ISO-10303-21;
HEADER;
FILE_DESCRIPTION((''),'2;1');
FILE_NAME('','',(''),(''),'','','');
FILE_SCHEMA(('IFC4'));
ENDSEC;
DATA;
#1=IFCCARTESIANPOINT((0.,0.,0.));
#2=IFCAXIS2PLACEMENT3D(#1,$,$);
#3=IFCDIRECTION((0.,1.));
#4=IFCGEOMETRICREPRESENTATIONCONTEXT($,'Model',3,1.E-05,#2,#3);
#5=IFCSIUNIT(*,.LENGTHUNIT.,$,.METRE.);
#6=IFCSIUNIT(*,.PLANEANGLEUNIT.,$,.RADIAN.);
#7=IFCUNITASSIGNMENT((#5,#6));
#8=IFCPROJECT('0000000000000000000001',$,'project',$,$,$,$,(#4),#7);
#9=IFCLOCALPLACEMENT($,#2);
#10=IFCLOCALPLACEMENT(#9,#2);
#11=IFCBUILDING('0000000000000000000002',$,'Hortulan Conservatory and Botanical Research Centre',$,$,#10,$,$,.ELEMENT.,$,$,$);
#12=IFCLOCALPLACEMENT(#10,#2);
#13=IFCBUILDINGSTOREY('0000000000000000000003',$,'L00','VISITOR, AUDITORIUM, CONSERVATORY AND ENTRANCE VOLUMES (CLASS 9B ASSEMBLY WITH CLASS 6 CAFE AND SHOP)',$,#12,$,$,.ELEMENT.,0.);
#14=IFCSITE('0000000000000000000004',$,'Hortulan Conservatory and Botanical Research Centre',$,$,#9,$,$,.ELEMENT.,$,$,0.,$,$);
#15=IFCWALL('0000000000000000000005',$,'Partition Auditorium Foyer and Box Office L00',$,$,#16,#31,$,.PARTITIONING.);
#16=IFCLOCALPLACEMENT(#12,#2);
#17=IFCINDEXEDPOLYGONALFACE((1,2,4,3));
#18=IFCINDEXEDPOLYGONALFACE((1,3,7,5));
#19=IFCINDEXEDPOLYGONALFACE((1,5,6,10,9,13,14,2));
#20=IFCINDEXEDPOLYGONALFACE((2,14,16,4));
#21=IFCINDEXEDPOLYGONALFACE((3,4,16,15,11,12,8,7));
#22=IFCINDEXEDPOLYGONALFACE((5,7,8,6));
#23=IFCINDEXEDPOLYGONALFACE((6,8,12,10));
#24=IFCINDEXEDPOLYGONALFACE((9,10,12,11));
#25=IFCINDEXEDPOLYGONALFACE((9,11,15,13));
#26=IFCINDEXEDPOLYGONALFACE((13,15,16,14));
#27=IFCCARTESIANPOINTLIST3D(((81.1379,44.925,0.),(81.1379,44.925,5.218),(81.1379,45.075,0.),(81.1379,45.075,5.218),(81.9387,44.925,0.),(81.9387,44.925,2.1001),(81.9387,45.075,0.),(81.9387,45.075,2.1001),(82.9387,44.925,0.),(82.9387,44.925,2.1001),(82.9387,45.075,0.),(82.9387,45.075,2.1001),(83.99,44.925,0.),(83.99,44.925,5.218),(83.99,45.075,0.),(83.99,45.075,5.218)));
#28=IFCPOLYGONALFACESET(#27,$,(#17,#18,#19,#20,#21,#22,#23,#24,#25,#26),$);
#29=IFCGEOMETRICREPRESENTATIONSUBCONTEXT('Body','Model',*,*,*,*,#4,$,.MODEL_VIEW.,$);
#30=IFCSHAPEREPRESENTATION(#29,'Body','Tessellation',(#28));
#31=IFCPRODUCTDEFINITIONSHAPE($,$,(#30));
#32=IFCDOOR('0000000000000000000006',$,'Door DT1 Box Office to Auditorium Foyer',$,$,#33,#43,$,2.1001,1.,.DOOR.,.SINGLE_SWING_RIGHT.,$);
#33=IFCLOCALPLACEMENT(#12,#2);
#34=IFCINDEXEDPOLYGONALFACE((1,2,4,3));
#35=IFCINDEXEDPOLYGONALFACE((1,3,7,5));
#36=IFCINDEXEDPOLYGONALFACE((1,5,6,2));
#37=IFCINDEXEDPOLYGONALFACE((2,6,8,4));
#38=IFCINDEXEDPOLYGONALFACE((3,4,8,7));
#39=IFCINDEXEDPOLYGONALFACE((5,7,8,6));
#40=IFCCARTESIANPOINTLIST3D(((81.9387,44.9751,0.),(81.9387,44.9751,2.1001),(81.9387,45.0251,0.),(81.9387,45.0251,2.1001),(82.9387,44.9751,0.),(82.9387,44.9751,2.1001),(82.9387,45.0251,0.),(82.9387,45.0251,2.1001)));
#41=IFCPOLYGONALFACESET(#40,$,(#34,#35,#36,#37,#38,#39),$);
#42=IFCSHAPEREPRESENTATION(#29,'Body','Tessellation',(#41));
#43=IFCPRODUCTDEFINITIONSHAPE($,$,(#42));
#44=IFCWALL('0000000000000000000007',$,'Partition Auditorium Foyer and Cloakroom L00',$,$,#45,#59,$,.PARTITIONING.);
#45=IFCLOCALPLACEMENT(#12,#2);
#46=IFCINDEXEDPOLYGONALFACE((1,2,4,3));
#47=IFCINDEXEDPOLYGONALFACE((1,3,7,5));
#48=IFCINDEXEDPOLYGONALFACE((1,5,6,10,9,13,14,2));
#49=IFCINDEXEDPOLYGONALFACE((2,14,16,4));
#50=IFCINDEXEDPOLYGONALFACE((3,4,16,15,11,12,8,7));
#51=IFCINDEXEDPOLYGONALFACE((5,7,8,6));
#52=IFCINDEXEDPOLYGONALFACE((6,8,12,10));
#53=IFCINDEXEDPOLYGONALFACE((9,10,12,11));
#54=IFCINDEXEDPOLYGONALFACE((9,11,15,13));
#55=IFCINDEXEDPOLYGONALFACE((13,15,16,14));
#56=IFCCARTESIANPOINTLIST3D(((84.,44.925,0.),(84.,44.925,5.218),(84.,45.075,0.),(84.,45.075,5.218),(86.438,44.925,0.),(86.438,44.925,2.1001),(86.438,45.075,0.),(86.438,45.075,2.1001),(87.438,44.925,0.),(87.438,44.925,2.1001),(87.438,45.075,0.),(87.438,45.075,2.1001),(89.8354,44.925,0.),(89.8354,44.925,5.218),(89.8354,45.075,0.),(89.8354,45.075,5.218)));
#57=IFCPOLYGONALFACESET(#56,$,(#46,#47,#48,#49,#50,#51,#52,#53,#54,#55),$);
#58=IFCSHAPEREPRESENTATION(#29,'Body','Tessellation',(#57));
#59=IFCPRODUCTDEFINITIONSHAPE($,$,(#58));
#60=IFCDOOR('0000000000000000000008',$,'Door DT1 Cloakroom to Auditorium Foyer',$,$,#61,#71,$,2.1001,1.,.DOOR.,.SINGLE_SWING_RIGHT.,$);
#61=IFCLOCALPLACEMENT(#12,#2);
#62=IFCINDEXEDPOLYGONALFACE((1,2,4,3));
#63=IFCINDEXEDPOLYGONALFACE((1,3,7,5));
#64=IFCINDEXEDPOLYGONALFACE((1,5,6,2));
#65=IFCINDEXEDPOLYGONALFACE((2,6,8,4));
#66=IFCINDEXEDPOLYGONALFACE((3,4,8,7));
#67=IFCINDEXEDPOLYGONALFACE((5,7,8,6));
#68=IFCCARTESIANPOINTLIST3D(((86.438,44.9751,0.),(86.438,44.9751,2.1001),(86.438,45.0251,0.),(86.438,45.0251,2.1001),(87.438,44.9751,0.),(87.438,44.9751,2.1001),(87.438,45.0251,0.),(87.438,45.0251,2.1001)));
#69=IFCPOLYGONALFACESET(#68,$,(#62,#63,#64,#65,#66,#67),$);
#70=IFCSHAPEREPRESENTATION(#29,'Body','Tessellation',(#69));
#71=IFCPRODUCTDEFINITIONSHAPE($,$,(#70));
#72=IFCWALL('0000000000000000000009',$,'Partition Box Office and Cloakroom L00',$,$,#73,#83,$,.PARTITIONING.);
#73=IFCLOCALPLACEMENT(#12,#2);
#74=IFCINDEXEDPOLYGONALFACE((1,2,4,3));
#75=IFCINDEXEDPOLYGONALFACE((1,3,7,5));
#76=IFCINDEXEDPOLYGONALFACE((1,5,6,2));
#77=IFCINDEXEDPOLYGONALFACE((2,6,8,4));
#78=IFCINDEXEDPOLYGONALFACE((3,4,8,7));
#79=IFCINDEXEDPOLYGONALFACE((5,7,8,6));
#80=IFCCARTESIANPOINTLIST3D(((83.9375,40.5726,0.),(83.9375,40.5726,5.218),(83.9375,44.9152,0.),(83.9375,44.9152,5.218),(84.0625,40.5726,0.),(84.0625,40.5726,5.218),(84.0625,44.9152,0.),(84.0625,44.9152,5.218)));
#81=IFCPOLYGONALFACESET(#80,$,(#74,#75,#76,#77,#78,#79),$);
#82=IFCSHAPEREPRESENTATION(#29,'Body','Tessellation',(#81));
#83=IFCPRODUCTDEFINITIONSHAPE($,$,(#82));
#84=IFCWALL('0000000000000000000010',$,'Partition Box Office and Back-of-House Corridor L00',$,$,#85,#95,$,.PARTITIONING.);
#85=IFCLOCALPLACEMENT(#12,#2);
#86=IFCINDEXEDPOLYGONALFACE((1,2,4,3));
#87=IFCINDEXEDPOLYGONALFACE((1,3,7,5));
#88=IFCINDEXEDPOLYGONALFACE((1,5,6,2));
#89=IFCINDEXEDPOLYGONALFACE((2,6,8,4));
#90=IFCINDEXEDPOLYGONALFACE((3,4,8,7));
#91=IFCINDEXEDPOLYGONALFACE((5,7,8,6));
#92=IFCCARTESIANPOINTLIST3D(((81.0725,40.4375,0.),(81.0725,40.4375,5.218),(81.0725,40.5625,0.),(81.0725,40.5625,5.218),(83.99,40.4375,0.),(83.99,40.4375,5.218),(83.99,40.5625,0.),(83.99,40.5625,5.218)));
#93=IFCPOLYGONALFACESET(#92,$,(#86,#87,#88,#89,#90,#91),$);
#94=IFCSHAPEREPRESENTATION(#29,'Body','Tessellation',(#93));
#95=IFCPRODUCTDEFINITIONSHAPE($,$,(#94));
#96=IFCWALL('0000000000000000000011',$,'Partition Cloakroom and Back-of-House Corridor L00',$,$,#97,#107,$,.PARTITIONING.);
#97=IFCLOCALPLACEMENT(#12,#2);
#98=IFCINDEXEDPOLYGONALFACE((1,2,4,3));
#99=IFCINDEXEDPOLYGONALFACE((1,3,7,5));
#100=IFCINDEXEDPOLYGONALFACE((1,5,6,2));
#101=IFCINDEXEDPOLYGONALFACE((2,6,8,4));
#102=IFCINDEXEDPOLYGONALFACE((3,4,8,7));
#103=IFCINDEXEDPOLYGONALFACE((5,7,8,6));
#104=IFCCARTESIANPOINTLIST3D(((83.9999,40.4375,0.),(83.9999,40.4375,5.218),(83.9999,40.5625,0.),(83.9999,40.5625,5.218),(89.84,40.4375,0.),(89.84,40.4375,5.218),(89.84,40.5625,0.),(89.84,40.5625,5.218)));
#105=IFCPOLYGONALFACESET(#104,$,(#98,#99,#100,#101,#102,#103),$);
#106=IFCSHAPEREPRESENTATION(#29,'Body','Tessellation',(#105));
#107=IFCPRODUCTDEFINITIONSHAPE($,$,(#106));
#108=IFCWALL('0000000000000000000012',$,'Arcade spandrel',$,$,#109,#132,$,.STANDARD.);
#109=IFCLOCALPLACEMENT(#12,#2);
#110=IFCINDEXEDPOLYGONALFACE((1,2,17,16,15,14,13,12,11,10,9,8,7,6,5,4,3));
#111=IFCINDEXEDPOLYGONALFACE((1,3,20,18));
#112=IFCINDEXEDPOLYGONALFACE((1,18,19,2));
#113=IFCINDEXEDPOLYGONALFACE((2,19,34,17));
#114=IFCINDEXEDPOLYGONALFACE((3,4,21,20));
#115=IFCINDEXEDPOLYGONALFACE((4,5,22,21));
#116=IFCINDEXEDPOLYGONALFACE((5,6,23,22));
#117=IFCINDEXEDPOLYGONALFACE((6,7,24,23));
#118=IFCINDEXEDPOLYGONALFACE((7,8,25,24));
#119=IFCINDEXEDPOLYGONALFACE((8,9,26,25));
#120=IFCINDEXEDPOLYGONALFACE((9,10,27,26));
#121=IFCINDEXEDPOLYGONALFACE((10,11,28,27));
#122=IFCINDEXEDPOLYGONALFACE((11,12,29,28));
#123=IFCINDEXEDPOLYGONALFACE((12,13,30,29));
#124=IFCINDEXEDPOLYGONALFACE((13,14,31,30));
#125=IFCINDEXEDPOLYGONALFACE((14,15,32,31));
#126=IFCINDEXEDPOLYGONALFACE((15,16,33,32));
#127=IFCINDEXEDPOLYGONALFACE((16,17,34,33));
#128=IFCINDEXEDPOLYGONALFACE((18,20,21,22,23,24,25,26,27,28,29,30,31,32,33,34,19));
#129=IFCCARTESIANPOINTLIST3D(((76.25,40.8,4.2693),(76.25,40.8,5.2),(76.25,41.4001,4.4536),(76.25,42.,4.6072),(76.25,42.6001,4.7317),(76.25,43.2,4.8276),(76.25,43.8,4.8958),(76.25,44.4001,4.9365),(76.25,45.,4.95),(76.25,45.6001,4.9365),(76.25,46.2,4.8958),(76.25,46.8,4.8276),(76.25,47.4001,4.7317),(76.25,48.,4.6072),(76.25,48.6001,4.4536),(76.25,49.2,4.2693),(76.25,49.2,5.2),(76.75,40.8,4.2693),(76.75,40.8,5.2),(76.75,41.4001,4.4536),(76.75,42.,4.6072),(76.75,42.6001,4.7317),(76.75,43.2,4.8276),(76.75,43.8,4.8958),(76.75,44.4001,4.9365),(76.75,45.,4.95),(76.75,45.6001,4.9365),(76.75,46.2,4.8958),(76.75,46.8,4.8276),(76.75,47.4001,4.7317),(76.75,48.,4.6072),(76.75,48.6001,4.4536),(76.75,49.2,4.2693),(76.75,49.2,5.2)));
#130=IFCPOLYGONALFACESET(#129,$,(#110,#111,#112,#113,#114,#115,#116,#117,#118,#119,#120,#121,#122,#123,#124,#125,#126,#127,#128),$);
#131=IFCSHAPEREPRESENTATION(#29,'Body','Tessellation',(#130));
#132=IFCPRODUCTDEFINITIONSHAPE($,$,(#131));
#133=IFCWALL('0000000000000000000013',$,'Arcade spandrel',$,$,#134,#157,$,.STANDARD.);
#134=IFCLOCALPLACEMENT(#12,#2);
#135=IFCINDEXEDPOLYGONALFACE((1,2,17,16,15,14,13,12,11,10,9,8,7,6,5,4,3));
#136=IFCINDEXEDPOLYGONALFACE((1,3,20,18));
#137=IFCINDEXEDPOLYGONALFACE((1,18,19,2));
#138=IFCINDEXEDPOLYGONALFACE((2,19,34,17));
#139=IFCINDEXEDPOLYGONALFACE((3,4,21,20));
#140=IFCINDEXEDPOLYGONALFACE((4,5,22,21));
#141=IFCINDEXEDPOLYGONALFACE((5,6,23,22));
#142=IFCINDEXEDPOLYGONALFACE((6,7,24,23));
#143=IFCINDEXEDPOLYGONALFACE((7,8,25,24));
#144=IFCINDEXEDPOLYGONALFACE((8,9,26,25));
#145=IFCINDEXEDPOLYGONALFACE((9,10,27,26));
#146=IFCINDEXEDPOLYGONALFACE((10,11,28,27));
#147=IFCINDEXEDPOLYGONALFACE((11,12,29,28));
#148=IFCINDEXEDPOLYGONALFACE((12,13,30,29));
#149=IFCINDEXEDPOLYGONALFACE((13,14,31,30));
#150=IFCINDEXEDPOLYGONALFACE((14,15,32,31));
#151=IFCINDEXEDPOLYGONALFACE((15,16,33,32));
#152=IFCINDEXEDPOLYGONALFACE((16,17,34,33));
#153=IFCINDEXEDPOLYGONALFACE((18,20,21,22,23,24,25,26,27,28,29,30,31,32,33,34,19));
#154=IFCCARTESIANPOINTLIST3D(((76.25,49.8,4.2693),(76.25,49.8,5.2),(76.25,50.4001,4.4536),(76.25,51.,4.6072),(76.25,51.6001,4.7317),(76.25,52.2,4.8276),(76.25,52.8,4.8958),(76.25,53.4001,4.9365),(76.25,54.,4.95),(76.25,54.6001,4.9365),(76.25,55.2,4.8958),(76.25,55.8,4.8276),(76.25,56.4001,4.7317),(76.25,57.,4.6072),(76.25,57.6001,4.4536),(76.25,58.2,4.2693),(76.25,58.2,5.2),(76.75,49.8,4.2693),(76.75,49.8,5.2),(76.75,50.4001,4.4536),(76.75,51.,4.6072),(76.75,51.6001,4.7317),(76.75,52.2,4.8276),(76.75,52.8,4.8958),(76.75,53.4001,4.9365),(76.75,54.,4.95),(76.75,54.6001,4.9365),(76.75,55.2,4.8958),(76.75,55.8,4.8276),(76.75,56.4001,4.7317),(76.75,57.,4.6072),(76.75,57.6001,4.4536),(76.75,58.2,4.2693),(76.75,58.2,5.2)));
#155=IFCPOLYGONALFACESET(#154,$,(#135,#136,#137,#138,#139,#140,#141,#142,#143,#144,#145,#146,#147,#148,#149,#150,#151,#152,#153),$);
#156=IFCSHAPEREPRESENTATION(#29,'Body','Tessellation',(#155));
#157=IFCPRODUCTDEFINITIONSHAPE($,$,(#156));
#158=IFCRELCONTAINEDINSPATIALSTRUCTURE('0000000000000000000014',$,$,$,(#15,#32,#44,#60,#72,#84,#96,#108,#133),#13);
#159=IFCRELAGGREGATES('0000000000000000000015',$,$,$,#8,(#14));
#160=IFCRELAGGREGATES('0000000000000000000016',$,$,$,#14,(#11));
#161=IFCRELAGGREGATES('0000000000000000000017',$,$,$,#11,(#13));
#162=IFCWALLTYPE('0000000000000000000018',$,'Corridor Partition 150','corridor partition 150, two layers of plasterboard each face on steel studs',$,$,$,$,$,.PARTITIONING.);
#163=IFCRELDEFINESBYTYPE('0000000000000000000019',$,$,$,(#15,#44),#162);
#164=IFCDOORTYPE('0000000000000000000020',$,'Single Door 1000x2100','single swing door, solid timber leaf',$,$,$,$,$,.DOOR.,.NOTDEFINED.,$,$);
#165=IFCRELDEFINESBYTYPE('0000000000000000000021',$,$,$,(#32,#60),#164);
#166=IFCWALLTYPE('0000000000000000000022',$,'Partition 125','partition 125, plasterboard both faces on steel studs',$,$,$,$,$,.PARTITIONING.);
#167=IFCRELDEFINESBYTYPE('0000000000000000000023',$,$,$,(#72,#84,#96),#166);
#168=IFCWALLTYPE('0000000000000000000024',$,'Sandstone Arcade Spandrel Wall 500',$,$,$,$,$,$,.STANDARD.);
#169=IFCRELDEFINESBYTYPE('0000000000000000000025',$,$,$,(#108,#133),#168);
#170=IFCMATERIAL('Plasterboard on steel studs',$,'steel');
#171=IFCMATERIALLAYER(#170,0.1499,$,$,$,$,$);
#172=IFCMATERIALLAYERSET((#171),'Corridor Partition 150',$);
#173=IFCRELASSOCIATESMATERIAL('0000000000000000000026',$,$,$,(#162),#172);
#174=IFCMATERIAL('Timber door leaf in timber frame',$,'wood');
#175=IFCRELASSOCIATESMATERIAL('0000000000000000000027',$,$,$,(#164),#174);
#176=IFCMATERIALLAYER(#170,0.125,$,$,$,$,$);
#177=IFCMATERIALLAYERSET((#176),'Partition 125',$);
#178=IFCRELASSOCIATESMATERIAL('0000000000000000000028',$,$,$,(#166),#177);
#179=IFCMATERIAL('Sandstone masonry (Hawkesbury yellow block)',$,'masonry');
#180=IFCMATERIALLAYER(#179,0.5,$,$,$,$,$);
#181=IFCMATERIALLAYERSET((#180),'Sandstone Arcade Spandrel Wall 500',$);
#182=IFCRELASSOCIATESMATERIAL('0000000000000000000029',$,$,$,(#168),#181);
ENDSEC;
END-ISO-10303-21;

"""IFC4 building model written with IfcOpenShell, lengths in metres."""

from ifc_helpers import new_model, si_unit, direction, frame, frame_2d, origin, place, context, subcontext, project, spatial, polyline, rectangle, outline, extrude, material, layer, layer_set, type_object, element, fill, save


model = new_model("IFC4")

# Units and contexts
model_context = context("Model", 3, precision=1e-05, world=origin(), true_north=direction((0.0, 1.0)))
body_context = subcontext(model_context, "Body", "Model", "MODEL_VIEW")
ifc_project = project(units=[si_unit("LENGTHUNIT", "METRE"), si_unit("PLANEANGLEUNIT", "RADIAN")], contexts=[model_context])

# Site, building, storey
site_placement = place(None, origin())
site = spatial("IfcSite", under=ifc_project, at=site_placement, Name="Hortulan Conservatory and Botanical Research Centre", CompositionType="ELEMENT", RefElevation=0.0)
building_placement = place(site_placement, origin())
building = spatial("IfcBuilding", under=site, at=building_placement, Name="Hortulan Conservatory and Botanical Research Centre", CompositionType="ELEMENT")
storey_placement = place(building_placement, origin())
storey = spatial("IfcBuildingStorey", under=building, at=storey_placement, Name="L00", Description="VISITOR, AUDITORIUM, CONSERVATORY AND ENTRANCE VOLUMES (CLASS 9B ASSEMBLY WITH CLASS 6 CAFE AND SHOP)", CompositionType="ELEMENT", Elevation=0.0)

# Shared definitions
ifc_material_1 = material(Name="Sandstone masonry (Hawkesbury yellow block)", Category="masonry")

# Walls, openings, doors
ifc_material_2 = material(Name="Plasterboard on steel studs", Category="steel")
ifc_layer_1 = layer(ifc_material_2, 0.1499)
ifc_layer_set_1 = layer_set([ifc_layer_1], Name="Corridor Partition 150")
wall_type_1 = type_object("IfcWallType", Name="Corridor Partition 150", Description="corridor partition 150, two layers of plasterboard each face on steel studs", PredefinedType="PARTITIONING", material=ifc_layer_set_1)
wall_1_placement = place(storey_placement, frame((81.1379, 45.0, 0.0), z_axis=(0.0, 0.0, 1.0), x_axis=(1.0, 0.0, 0.0)))
wall_1 = element("IfcWall", 1, at=wall_1_placement, inside=storey, type_object=wall_type_1, Name="Partition Auditorium Foyer and Box Office L00", PredefinedType="PARTITIONING", context=body_context, shape_type="SweptSolid", body=[
    extrude(rectangle(XDim=2.8521, YDim=0.1499, at=frame_2d((1.426, 0.0))), origin(), (0.0, 0.0, 1.0), 5.218),
])
opening_1_placement = place(wall_1_placement, frame((0.8008, 0.0, 0.0)))
opening_1 = element("IfcOpeningElement", 2, at=opening_1_placement, cuts=wall_1, PredefinedType="OPENING", context=body_context, shape_type="SweptSolid", body=[
    extrude(rectangle(XDim=1.0, YDim=2.1001, at=frame_2d((0.5, 1.05))), frame((0.0, 0.085, 0.0), z_axis=(0.0, -1.0, 0.0), x_axis=(1.0, 0.0, 0.0)), (0.0, 0.0, 1.0), 0.1699),
])
ifc_material_3 = material(Name="Timber door leaf in timber frame", Category="wood")
door_type_1 = type_object("IfcDoorType", Name="Single Door 1000x2100", Description="single swing door, solid timber leaf", OperationType="NOTDEFINED", PredefinedType="DOOR", material=ifc_material_3)
door_1_placement = place(opening_1_placement, frame((1.0, 0.0, 0.0), z_axis=(0.0, 0.0, 1.0), x_axis=(-1.0, 0.0, 0.0)))
door_1 = element("IfcDoor", 3, at=door_1_placement, inside=storey, type_object=door_type_1, Name="Door DT1 Box Office to Auditorium Foyer", OperationType="SINGLE_SWING_RIGHT", OverallHeight=2.1001, OverallWidth=1.0, PredefinedType="DOOR", context=body_context, shape_type="SweptSolid", body=[
    extrude(rectangle(XDim=1.0, YDim=2.1001, at=frame_2d((0.5, 1.05))), frame((0.0, 0.0249, 0.0), z_axis=(0.0, -1.0, 0.0), x_axis=(1.0, 0.0, 0.0)), (0.0, 0.0, 1.0), 0.05),
])
fill(opening_1, door_1)
wall_2_placement = place(storey_placement, frame((84.0, 45.0, 0.0), z_axis=(0.0, 0.0, 1.0), x_axis=(1.0, 0.0, 0.0)))
wall_2 = element("IfcWall", 4, at=wall_2_placement, inside=storey, type_object=wall_type_1, Name="Partition Auditorium Foyer and Cloakroom L00", PredefinedType="PARTITIONING", context=body_context, shape_type="SweptSolid", body=[
    extrude(rectangle(XDim=5.8354, YDim=0.1499, at=frame_2d((2.9177, 0.0))), origin(), (0.0, 0.0, 1.0), 5.218),
])
opening_2_placement = place(wall_2_placement, frame((2.438, 0.0, 0.0)))
opening_2 = element("IfcOpeningElement", 5, at=opening_2_placement, cuts=wall_2, PredefinedType="OPENING", context=body_context, shape_type="SweptSolid", body=[
    extrude(rectangle(XDim=1.0, YDim=2.1001, at=frame_2d((0.5, 1.05))), frame((0.0, 0.085, 0.0), z_axis=(0.0, -1.0, 0.0), x_axis=(1.0, 0.0, 0.0)), (0.0, 0.0, 1.0), 0.1699),
])
door_2_placement = place(opening_2_placement, frame((1.0, 0.0, 0.0), z_axis=(0.0, 0.0, 1.0), x_axis=(-1.0, 0.0, 0.0)))
door_2 = element("IfcDoor", 6, at=door_2_placement, inside=storey, type_object=door_type_1, Name="Door DT1 Cloakroom to Auditorium Foyer", OperationType="SINGLE_SWING_RIGHT", OverallHeight=2.1001, OverallWidth=1.0, PredefinedType="DOOR", context=body_context, shape_type="SweptSolid", body=[
    extrude(rectangle(XDim=1.0, YDim=2.1001, at=frame_2d((0.5, 1.05))), frame((0.0, 0.0249, 0.0), z_axis=(0.0, -1.0, 0.0), x_axis=(1.0, 0.0, 0.0)), (0.0, 0.0, 1.0), 0.05),
])
fill(opening_2, door_2)

# Walls
ifc_layer_2 = layer(ifc_material_2, 0.125)
ifc_layer_set_2 = layer_set([ifc_layer_2], Name="Partition 125")
wall_type_2 = type_object("IfcWallType", Name="Partition 125", Description="partition 125, plasterboard both faces on steel studs", PredefinedType="PARTITIONING", material=ifc_layer_set_2)
wall_3_placement = place(storey_placement, frame((84.0, 40.5725, 0.0), z_axis=(0.0, 0.0, 1.0), x_axis=(0.0, 1.0, 0.0)))
element("IfcWall", 7, at=wall_3_placement, inside=storey, type_object=wall_type_2, Name="Partition Box Office and Cloakroom L00", PredefinedType="PARTITIONING", context=body_context, shape_type="SweptSolid", body=[
    extrude(rectangle(XDim=4.3425, YDim=0.125, at=frame_2d((2.1714, 0.0))), origin(), (0.0, 0.0, 1.0), 5.218),
])
wall_4_placement = place(storey_placement, frame((81.0725, 40.5, 0.0), z_axis=(0.0, 0.0, 1.0), x_axis=(1.0, 0.0, 0.0)))
element("IfcWall", 8, at=wall_4_placement, inside=storey, type_object=wall_type_2, Name="Partition Box Office and Back-of-House Corridor L00", PredefinedType="PARTITIONING", context=body_context, shape_type="SweptSolid", body=[
    extrude(rectangle(XDim=2.9175, YDim=0.125, at=frame_2d((1.4587, 0.0))), origin(), (0.0, 0.0, 1.0), 5.218),
])
wall_5_placement = place(storey_placement, frame((84.0, 40.5, 0.0), z_axis=(0.0, 0.0, 1.0), x_axis=(1.0, 0.0, 0.0)))
element("IfcWall", 9, at=wall_5_placement, inside=storey, type_object=wall_type_2, Name="Partition Cloakroom and Back-of-House Corridor L00", PredefinedType="PARTITIONING", context=body_context, shape_type="SweptSolid", body=[
    extrude(rectangle(XDim=5.8401, YDim=0.125, at=frame_2d((2.9199, 0.0))), origin(), (0.0, 0.0, 1.0), 5.218),
])
ifc_layer_3 = layer(ifc_material_1, 0.5)
ifc_layer_set_3 = layer_set([ifc_layer_3], Name="Sandstone Arcade Spandrel Wall 500")
wall_type_3 = type_object("IfcWallType", Name="Sandstone Arcade Spandrel Wall 500", PredefinedType="STANDARD", material=ifc_layer_set_3)
for number, where, z_axis, x_axis, name in (
    (10, (76.5, 40.8, 4.2693), (0.0, 0.0, 1.0), (0.0, 1.0, 0.0), "Arcade spandrel"),
    (11, (76.5, 49.8, 4.2693), (0.0, 0.0, 1.0), (0.0, 1.0, 0.0), "Arcade spandrel"),
):
    element("IfcWall", number, at=place(storey_placement, frame(where, z_axis=z_axis, x_axis=x_axis)), inside=storey, type_object=wall_type_3, Name=name, PredefinedType="STANDARD", context=body_context, shape_type="SweptSolid", body=[
        extrude(outline(polyline([(0.0, 0.0), (0.6001, 0.1843), (1.2, 0.3379), (1.8, 0.4624), (2.3999, 0.5583), (3.0, 0.6265), (3.6001, 0.6672), (4.2, 0.6807), (4.8, 0.6672), (5.3999, 0.6265), (6.0, 0.5583), (6.6001, 0.4624), (7.2, 0.3379), (7.8, 0.1843), (8.3999, 0.0), (8.3999, 0.9307), (0.0, 0.9307), (0.0, 0.0)])), frame((0.0, 0.25, 0.0), z_axis=(0.0, -1.0, 0.0), x_axis=(1.0, 0.0, 0.0)), (0.0, 0.0, 1.0), 0.5),
    ])

save(model, "model.ifc")
